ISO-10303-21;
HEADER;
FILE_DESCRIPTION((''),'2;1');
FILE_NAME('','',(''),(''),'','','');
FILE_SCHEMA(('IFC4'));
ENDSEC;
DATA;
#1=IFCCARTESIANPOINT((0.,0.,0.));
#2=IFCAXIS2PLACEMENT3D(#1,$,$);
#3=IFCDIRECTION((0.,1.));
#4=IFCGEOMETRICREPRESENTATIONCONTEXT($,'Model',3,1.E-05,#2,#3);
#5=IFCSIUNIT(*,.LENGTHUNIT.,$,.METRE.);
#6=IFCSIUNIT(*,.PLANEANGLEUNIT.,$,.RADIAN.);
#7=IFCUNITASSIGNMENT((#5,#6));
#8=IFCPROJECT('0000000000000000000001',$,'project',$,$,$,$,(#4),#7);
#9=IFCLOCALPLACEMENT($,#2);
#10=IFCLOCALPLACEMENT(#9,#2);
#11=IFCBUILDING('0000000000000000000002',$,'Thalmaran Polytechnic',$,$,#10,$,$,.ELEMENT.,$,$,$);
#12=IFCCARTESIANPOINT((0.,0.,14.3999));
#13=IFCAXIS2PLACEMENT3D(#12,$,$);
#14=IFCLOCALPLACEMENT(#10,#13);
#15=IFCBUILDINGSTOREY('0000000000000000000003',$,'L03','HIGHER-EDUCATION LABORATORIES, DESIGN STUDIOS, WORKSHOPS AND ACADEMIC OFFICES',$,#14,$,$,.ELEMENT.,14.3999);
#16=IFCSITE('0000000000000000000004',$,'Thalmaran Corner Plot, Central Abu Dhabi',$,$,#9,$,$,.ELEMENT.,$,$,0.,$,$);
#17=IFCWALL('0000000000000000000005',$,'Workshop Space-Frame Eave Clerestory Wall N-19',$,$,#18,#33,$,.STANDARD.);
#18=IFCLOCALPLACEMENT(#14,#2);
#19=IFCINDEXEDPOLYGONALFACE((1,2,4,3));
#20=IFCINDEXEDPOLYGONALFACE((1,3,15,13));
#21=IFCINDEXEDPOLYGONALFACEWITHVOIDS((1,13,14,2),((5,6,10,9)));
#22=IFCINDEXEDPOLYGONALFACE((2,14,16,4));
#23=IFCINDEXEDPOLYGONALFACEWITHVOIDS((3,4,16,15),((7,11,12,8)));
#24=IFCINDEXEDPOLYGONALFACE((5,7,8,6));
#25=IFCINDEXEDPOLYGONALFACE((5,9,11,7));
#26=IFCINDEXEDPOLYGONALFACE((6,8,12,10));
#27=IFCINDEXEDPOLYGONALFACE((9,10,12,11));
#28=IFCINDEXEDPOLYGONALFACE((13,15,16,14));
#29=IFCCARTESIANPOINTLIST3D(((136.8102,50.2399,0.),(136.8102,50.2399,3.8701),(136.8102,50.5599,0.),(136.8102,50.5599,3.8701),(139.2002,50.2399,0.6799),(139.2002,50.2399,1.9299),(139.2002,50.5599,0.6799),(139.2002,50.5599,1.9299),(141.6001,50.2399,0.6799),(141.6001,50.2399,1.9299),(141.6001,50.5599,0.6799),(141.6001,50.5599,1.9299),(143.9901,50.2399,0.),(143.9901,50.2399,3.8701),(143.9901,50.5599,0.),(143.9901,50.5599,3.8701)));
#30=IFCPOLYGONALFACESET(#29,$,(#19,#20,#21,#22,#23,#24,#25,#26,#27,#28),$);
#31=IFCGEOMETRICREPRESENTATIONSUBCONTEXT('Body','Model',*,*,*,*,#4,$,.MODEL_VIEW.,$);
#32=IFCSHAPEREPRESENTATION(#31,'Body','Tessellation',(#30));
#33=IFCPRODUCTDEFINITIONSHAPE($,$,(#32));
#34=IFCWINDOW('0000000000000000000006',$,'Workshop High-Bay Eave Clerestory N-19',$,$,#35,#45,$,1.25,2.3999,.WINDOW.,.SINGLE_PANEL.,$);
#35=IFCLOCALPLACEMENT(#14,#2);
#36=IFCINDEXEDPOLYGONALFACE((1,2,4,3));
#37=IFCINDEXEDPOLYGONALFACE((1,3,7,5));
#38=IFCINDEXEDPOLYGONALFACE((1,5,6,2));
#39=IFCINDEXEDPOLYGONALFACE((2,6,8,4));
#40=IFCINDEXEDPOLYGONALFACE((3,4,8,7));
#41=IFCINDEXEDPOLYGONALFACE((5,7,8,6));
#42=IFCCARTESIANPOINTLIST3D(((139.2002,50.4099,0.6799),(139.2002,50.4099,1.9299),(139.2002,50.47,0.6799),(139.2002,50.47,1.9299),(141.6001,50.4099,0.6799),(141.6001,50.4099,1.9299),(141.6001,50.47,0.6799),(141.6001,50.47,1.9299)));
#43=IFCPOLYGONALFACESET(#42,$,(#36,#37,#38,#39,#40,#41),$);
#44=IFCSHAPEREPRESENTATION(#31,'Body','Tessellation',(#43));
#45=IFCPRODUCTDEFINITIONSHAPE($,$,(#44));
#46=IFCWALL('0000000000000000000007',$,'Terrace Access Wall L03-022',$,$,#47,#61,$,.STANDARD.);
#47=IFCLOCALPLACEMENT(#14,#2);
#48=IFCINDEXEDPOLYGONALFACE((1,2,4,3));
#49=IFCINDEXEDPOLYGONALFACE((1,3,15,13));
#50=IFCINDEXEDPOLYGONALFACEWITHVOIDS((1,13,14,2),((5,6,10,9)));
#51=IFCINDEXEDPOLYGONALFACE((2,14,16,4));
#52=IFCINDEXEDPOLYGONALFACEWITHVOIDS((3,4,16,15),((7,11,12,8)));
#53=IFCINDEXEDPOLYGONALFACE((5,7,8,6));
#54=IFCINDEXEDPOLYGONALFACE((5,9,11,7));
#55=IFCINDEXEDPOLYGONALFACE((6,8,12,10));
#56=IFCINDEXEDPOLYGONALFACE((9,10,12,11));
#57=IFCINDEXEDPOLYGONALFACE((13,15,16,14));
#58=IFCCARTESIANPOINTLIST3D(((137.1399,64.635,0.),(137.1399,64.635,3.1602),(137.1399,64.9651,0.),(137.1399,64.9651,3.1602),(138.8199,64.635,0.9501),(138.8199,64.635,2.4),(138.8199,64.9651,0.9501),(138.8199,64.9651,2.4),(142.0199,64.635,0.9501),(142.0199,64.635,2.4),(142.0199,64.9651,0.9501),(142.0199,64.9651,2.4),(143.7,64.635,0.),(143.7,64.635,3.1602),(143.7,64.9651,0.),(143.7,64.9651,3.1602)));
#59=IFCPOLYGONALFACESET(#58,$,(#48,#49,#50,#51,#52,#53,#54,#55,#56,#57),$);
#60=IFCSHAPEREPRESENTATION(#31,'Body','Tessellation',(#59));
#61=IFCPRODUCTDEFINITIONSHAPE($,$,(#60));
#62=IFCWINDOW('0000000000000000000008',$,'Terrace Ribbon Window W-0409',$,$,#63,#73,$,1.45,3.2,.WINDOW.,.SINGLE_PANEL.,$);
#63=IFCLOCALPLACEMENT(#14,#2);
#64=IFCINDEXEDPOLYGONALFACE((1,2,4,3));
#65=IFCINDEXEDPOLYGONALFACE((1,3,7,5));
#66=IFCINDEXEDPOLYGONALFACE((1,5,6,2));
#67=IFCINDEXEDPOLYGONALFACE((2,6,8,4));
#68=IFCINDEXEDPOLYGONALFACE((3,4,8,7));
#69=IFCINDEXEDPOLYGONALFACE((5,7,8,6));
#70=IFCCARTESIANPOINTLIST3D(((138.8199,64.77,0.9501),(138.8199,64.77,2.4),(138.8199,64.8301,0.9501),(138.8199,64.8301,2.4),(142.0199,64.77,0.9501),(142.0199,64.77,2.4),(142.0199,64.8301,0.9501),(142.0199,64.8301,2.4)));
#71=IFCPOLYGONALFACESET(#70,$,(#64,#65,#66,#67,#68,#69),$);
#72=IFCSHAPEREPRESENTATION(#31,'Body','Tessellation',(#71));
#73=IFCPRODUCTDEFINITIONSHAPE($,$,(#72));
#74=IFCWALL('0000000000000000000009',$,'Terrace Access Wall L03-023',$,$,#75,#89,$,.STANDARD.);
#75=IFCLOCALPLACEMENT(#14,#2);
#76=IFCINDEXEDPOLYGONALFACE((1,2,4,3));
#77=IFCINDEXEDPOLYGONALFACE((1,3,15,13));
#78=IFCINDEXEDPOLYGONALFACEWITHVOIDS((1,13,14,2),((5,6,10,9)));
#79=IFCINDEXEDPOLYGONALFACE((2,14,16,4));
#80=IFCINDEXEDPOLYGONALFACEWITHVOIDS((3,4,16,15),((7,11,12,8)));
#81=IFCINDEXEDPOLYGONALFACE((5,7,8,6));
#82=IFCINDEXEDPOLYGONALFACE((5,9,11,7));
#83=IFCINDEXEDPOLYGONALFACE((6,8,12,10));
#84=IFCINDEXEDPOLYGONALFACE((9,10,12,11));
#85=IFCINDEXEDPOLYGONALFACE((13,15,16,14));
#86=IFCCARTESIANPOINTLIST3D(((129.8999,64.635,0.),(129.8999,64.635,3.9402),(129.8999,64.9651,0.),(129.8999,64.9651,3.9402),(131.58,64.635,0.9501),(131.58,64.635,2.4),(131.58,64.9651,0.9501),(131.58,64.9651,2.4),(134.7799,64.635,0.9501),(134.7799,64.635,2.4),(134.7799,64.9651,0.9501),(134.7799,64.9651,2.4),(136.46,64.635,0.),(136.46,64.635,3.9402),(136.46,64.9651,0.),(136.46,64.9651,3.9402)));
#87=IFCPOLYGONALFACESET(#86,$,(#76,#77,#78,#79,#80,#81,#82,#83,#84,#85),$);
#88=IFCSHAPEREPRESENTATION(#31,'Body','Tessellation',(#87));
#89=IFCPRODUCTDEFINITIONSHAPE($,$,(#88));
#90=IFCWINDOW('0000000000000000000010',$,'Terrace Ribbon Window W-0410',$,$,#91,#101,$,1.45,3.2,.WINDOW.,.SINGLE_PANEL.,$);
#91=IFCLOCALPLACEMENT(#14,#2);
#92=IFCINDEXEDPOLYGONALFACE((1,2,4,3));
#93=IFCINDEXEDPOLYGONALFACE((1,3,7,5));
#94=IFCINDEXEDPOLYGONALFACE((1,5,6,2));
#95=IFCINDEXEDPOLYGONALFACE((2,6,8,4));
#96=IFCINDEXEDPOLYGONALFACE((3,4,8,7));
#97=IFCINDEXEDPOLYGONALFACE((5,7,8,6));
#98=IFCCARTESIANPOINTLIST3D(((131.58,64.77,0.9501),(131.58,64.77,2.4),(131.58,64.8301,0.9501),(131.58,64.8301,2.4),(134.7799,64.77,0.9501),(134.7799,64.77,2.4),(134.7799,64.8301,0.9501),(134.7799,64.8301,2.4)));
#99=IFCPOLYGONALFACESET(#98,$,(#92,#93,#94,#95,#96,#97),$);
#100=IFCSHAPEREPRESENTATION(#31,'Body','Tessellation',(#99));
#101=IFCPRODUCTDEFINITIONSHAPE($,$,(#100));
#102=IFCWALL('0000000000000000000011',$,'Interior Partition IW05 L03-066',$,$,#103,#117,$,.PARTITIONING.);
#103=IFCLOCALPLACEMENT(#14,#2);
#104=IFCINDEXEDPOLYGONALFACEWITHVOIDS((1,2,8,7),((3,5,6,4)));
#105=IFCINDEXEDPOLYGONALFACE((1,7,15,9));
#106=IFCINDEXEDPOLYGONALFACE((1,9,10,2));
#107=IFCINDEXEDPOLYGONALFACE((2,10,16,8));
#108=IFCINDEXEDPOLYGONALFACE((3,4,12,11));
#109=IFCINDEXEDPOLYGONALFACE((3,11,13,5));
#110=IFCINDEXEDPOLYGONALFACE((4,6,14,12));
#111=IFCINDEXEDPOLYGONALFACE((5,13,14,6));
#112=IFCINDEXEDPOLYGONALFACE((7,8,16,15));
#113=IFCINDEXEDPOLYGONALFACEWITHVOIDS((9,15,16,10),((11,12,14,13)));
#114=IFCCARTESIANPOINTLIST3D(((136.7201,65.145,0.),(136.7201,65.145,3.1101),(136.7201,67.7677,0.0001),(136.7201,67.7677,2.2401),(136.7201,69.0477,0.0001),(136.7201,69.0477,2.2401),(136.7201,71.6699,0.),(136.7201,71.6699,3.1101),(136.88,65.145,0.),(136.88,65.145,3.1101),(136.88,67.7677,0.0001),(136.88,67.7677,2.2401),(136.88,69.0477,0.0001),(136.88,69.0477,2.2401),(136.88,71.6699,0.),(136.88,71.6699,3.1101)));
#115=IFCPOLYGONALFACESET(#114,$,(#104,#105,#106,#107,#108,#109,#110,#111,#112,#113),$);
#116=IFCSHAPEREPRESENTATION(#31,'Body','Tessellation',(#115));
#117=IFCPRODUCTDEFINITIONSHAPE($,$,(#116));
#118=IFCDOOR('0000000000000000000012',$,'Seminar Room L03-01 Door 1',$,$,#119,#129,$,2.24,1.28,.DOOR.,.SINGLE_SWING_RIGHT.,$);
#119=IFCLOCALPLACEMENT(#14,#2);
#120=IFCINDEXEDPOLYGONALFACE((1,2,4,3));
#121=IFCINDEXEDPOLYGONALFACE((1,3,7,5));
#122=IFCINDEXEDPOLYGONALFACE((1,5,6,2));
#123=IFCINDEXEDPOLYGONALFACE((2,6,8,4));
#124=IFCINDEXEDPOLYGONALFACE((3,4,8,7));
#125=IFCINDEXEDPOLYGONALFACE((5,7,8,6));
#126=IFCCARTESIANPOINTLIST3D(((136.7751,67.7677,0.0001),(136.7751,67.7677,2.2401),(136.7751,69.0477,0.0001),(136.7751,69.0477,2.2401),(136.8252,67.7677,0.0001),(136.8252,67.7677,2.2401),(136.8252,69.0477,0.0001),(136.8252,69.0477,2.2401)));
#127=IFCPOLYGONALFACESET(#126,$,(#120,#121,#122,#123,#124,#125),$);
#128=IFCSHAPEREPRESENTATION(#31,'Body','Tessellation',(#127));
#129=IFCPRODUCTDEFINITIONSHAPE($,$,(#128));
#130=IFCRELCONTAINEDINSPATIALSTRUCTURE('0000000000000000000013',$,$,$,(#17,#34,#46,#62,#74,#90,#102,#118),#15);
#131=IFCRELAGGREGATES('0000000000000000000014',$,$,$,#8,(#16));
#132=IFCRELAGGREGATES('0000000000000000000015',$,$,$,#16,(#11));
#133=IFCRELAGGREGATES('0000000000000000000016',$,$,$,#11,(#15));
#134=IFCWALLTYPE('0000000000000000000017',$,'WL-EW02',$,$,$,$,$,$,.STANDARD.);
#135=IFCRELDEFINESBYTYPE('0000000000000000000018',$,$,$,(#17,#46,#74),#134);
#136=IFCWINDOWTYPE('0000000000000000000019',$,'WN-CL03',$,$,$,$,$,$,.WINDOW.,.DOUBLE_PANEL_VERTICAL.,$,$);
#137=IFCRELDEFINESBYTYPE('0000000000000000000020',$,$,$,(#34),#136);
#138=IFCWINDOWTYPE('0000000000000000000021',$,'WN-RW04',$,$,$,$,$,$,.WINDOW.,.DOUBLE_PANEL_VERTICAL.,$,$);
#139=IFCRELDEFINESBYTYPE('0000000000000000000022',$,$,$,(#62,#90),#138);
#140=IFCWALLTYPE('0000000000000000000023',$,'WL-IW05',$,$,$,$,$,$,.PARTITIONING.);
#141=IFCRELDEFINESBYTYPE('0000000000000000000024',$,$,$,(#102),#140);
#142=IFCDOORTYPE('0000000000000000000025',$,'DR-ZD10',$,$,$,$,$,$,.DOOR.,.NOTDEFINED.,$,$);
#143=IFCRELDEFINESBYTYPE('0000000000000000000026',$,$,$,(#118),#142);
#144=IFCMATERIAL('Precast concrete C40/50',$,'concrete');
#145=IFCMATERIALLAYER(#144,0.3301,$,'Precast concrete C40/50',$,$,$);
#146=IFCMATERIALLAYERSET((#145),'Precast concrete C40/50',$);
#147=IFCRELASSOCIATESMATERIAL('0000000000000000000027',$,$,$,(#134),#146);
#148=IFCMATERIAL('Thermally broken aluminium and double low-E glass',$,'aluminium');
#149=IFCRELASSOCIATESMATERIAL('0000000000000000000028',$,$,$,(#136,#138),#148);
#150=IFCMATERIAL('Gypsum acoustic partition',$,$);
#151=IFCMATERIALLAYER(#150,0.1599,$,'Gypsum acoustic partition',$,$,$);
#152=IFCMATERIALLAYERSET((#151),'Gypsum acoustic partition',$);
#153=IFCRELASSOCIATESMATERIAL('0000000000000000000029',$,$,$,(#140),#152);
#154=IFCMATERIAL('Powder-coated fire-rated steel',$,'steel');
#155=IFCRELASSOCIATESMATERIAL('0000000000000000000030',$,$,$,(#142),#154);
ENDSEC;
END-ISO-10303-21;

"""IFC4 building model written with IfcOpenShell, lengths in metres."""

from ifc_helpers import new_model, si_unit, direction, frame, frame_2d, origin, place, context, subcontext, project, spatial, rectangle, extrude, material, layer, layer_set, type_object, element, fill, save


model = new_model("IFC4")

# Units and contexts
model_context = context("Model", 3, precision=1e-05, world=origin(), true_north=direction((0.0, 1.0)))
body_context = subcontext(model_context, "Body", "Model", "MODEL_VIEW")
ifc_project = project(units=[si_unit("LENGTHUNIT", "METRE"), si_unit("PLANEANGLEUNIT", "RADIAN")], contexts=[model_context])

# Site, building, storey
site_placement = place(None, origin())
site = spatial("IfcSite", under=ifc_project, at=site_placement, Name="Thalmaran Corner Plot, Central Abu Dhabi", CompositionType="ELEMENT", RefElevation=0.0)
building_placement = place(site_placement, origin())
building = spatial("IfcBuilding", under=site, at=building_placement, Name="Thalmaran Polytechnic", CompositionType="ELEMENT")
storey_placement = place(building_placement, frame((0.0, 0.0, 14.3999)))
storey = spatial("IfcBuildingStorey", under=building, at=storey_placement, Name="L03", Description="HIGHER-EDUCATION LABORATORIES, DESIGN STUDIOS, WORKSHOPS AND ACADEMIC OFFICES", CompositionType="ELEMENT", Elevation=14.3999)

# Shared definitions
ifc_material_1 = material(Name="Precast concrete C40/50", Category="concrete")
ifc_material_2 = material(Name="Thermally broken aluminium and double low-E glass", Category="aluminium")

# Walls, openings, windows
ifc_layer_1 = layer(ifc_material_1, 0.3301, Name="Precast concrete C40/50")
ifc_layer_set_1 = layer_set([ifc_layer_1], Name="Precast concrete C40/50")
wall_type_1 = type_object("IfcWallType", Name="WL-EW02", PredefinedType="STANDARD", material=ifc_layer_set_1)
window_type_1 = type_object("IfcWindowType", Name="WN-CL03", PartitioningType="DOUBLE_PANEL_VERTICAL", PredefinedType="WINDOW", material=ifc_material_2)
wall_1_placement = place(storey_placement, frame((143.99, 50.3999, 0.0), z_axis=(0.0, 0.0, 1.0), x_axis=(-1.0, 0.0, 0.0)))
wall_1 = element("IfcWall", 1, at=wall_1_placement, inside=storey, type_object=wall_type_1, Name="Workshop Space-Frame Eave Clerestory Wall N-19", PredefinedType="STANDARD", context=body_context, shape_type="SweptSolid", body=[
    extrude(rectangle(XDim=7.1799, YDim=0.3201, at=frame_2d((3.5898, 0.0))), origin(), (0.0, 0.0, 1.0), 3.8701),
])
opening_1_placement = place(wall_1_placement, frame((2.3899, 0.0, 0.6799)))
opening_1 = element("IfcOpeningElement", 2, at=opening_1_placement, cuts=wall_1, PredefinedType="OPENING", context=body_context, shape_type="SweptSolid", body=[
    extrude(rectangle(XDim=2.3999, YDim=1.25, at=frame_2d((1.2, 0.625))), frame((0.0, 0.1699, 0.0), z_axis=(0.0, -1.0, 0.0), x_axis=(1.0, 0.0, 0.0)), (0.0, 0.0, 1.0), 0.3401),
])
window_1_placement = place(opening_1_placement, origin())
window_1 = element("IfcWindow", 3, at=window_1_placement, inside=storey, type_object=window_type_1, Name="Workshop High-Bay Eave Clerestory N-19", OverallHeight=1.25, OverallWidth=2.3999, PartitioningType="SINGLE_PANEL", PredefinedType="WINDOW", context=body_context, shape_type="SweptSolid", body=[
    extrude(rectangle(XDim=2.3999, YDim=1.25, at=frame_2d((1.2, 0.625))), frame((0.0, -0.01, 0.0), z_axis=(0.0, -1.0, 0.0), x_axis=(1.0, 0.0, 0.0)), (0.0, 0.0, 1.0), 0.0601),
])
fill(opening_1, window_1)
wall_2_placement = place(storey_placement, frame((143.7, 64.8, 0.0), z_axis=(0.0, 0.0, 1.0), x_axis=(-1.0, 0.0, 0.0)))
wall_2 = element("IfcWall", 4, at=wall_2_placement, inside=storey, type_object=wall_type_1, Name="Terrace Access Wall L03-022", PredefinedType="STANDARD", context=body_context, shape_type="SweptSolid", body=[
    extrude(rectangle(XDim=6.5601, YDim=0.3301, at=frame_2d((3.28, 0.0))), origin(), (0.0, 0.0, 1.0), 3.1602),
])
opening_2_placement = place(wall_2_placement, frame((1.6799, 0.0, 0.95)))
opening_2 = element("IfcOpeningElement", 5, at=opening_2_placement, cuts=wall_2, PredefinedType="OPENING", context=body_context, shape_type="SweptSolid", body=[
    extrude(rectangle(XDim=3.2, YDim=1.45, at=frame_2d((1.6001, 0.7251))), frame((0.0, 0.175, 0.0), z_axis=(0.0, -1.0, 0.0), x_axis=(1.0, 0.0, 0.0)), (0.0, 0.0, 1.0), 0.3501),
])
window_type_2 = type_object("IfcWindowType", Name="WN-RW04", PartitioningType="DOUBLE_PANEL_VERTICAL", PredefinedType="WINDOW", material=ifc_material_2)
window_2_placement = place(opening_2_placement, origin())
window_2 = element("IfcWindow", 6, at=window_2_placement, inside=storey, type_object=window_type_2, Name="Terrace Ribbon Window W-0409", OverallHeight=1.45, OverallWidth=3.2, PartitioningType="SINGLE_PANEL", PredefinedType="WINDOW", context=body_context, shape_type="SweptSolid", body=[
    extrude(rectangle(XDim=3.2, YDim=1.45, at=frame_2d((1.6001, 0.7251))), frame((0.0, 0.03, 0.0), z_axis=(0.0, -1.0, 0.0), x_axis=(1.0, 0.0, 0.0)), (0.0, 0.0, 1.0), 0.0601),
])
fill(opening_2, window_2)
wall_3_placement = place(storey_placement, frame((136.46, 64.8, 0.0), z_axis=(0.0, 0.0, 1.0), x_axis=(-1.0, 0.0, 0.0)))
wall_3 = element("IfcWall", 7, at=wall_3_placement, inside=storey, type_object=wall_type_1, Name="Terrace Access Wall L03-023", PredefinedType="STANDARD", context=body_context, shape_type="SweptSolid", body=[
    extrude(rectangle(XDim=6.5601, YDim=0.3301, at=frame_2d((3.28, 0.0))), origin(), (0.0, 0.0, 1.0), 3.9402),
])
opening_3_placement = place(wall_3_placement, frame((1.6799, 0.0, 0.95)))
opening_3 = element("IfcOpeningElement", 8, at=opening_3_placement, cuts=wall_3, PredefinedType="OPENING", context=body_context, shape_type="SweptSolid", body=[
    extrude(rectangle(XDim=3.2, YDim=1.45, at=frame_2d((1.6001, 0.7251))), frame((0.0, 0.175, 0.0), z_axis=(0.0, -1.0, 0.0), x_axis=(1.0, 0.0, 0.0)), (0.0, 0.0, 1.0), 0.3501),
])
window_3_placement = place(opening_3_placement, origin())
window_3 = element("IfcWindow", 9, at=window_3_placement, inside=storey, type_object=window_type_2, Name="Terrace Ribbon Window W-0410", OverallHeight=1.45, OverallWidth=3.2, PartitioningType="SINGLE_PANEL", PredefinedType="WINDOW", context=body_context, shape_type="SweptSolid", body=[
    extrude(rectangle(XDim=3.2, YDim=1.45, at=frame_2d((1.6001, 0.7251))), frame((0.0, 0.03, 0.0), z_axis=(0.0, -1.0, 0.0), x_axis=(1.0, 0.0, 0.0)), (0.0, 0.0, 1.0), 0.0601),
])
fill(opening_3, window_3)

# Wall, opening, door
ifc_material_3 = material(Name="Gypsum acoustic partition")
ifc_layer_2 = layer(ifc_material_3, 0.1599, Name="Gypsum acoustic partition")
ifc_layer_set_2 = layer_set([ifc_layer_2], Name="Gypsum acoustic partition")
wall_type_2 = type_object("IfcWallType", Name="WL-IW05", PredefinedType="PARTITIONING", material=ifc_layer_set_2)
wall_4_placement = place(storey_placement, frame((136.8, 65.145, 0.0), z_axis=(0.0, 0.0, 1.0), x_axis=(0.0, 1.0, 0.0)))
wall_4 = element("IfcWall", 10, at=wall_4_placement, inside=storey, type_object=wall_type_2, Name="Interior Partition IW05 L03-066", PredefinedType="PARTITIONING", context=body_context, shape_type="SweptSolid", body=[
    extrude(rectangle(XDim=6.5249, YDim=0.1599, at=frame_2d((3.2625, 0.0))), origin(), (0.0, 0.0, 1.0), 3.1101),
])
opening_4_placement = place(wall_4_placement, frame((2.6226, 0.0, 0.0)))
opening_4 = element("IfcOpeningElement", 11, at=opening_4_placement, cuts=wall_4, PredefinedType="OPENING", context=body_context, shape_type="SweptSolid", body=[
    extrude(rectangle(XDim=1.28, YDim=2.24, at=frame_2d((0.6401, 1.1201))), frame((0.0, 0.0898, 0.0), z_axis=(0.0, -1.0, 0.0), x_axis=(1.0, 0.0, 0.0)), (0.0, 0.0, 1.0), 0.1799),
])
ifc_material_4 = material(Name="Powder-coated fire-rated steel", Category="steel")
door_type = type_object("IfcDoorType", Name="DR-ZD10", OperationType="NOTDEFINED", PredefinedType="DOOR", material=ifc_material_4)
door_placement = place(opening_4_placement, origin())
door = element("IfcDoor", 12, at=door_placement, inside=storey, type_object=door_type, Name="Seminar Room L03-01 Door 1", OperationType="SINGLE_SWING_RIGHT", OverallHeight=2.24, OverallWidth=1.28, PredefinedType="DOOR", context=body_context, shape_type="SweptSolid", body=[
    extrude(rectangle(XDim=1.28, YDim=2.24, at=frame_2d((0.6401, 1.1201))), frame((0.0, 0.0249, 0.0), z_axis=(0.0, -1.0, 0.0), x_axis=(1.0, 0.0, 0.0)), (0.0, 0.0, 1.0), 0.05),
])
fill(opening_4, door)

save(model, "model.ifc")
